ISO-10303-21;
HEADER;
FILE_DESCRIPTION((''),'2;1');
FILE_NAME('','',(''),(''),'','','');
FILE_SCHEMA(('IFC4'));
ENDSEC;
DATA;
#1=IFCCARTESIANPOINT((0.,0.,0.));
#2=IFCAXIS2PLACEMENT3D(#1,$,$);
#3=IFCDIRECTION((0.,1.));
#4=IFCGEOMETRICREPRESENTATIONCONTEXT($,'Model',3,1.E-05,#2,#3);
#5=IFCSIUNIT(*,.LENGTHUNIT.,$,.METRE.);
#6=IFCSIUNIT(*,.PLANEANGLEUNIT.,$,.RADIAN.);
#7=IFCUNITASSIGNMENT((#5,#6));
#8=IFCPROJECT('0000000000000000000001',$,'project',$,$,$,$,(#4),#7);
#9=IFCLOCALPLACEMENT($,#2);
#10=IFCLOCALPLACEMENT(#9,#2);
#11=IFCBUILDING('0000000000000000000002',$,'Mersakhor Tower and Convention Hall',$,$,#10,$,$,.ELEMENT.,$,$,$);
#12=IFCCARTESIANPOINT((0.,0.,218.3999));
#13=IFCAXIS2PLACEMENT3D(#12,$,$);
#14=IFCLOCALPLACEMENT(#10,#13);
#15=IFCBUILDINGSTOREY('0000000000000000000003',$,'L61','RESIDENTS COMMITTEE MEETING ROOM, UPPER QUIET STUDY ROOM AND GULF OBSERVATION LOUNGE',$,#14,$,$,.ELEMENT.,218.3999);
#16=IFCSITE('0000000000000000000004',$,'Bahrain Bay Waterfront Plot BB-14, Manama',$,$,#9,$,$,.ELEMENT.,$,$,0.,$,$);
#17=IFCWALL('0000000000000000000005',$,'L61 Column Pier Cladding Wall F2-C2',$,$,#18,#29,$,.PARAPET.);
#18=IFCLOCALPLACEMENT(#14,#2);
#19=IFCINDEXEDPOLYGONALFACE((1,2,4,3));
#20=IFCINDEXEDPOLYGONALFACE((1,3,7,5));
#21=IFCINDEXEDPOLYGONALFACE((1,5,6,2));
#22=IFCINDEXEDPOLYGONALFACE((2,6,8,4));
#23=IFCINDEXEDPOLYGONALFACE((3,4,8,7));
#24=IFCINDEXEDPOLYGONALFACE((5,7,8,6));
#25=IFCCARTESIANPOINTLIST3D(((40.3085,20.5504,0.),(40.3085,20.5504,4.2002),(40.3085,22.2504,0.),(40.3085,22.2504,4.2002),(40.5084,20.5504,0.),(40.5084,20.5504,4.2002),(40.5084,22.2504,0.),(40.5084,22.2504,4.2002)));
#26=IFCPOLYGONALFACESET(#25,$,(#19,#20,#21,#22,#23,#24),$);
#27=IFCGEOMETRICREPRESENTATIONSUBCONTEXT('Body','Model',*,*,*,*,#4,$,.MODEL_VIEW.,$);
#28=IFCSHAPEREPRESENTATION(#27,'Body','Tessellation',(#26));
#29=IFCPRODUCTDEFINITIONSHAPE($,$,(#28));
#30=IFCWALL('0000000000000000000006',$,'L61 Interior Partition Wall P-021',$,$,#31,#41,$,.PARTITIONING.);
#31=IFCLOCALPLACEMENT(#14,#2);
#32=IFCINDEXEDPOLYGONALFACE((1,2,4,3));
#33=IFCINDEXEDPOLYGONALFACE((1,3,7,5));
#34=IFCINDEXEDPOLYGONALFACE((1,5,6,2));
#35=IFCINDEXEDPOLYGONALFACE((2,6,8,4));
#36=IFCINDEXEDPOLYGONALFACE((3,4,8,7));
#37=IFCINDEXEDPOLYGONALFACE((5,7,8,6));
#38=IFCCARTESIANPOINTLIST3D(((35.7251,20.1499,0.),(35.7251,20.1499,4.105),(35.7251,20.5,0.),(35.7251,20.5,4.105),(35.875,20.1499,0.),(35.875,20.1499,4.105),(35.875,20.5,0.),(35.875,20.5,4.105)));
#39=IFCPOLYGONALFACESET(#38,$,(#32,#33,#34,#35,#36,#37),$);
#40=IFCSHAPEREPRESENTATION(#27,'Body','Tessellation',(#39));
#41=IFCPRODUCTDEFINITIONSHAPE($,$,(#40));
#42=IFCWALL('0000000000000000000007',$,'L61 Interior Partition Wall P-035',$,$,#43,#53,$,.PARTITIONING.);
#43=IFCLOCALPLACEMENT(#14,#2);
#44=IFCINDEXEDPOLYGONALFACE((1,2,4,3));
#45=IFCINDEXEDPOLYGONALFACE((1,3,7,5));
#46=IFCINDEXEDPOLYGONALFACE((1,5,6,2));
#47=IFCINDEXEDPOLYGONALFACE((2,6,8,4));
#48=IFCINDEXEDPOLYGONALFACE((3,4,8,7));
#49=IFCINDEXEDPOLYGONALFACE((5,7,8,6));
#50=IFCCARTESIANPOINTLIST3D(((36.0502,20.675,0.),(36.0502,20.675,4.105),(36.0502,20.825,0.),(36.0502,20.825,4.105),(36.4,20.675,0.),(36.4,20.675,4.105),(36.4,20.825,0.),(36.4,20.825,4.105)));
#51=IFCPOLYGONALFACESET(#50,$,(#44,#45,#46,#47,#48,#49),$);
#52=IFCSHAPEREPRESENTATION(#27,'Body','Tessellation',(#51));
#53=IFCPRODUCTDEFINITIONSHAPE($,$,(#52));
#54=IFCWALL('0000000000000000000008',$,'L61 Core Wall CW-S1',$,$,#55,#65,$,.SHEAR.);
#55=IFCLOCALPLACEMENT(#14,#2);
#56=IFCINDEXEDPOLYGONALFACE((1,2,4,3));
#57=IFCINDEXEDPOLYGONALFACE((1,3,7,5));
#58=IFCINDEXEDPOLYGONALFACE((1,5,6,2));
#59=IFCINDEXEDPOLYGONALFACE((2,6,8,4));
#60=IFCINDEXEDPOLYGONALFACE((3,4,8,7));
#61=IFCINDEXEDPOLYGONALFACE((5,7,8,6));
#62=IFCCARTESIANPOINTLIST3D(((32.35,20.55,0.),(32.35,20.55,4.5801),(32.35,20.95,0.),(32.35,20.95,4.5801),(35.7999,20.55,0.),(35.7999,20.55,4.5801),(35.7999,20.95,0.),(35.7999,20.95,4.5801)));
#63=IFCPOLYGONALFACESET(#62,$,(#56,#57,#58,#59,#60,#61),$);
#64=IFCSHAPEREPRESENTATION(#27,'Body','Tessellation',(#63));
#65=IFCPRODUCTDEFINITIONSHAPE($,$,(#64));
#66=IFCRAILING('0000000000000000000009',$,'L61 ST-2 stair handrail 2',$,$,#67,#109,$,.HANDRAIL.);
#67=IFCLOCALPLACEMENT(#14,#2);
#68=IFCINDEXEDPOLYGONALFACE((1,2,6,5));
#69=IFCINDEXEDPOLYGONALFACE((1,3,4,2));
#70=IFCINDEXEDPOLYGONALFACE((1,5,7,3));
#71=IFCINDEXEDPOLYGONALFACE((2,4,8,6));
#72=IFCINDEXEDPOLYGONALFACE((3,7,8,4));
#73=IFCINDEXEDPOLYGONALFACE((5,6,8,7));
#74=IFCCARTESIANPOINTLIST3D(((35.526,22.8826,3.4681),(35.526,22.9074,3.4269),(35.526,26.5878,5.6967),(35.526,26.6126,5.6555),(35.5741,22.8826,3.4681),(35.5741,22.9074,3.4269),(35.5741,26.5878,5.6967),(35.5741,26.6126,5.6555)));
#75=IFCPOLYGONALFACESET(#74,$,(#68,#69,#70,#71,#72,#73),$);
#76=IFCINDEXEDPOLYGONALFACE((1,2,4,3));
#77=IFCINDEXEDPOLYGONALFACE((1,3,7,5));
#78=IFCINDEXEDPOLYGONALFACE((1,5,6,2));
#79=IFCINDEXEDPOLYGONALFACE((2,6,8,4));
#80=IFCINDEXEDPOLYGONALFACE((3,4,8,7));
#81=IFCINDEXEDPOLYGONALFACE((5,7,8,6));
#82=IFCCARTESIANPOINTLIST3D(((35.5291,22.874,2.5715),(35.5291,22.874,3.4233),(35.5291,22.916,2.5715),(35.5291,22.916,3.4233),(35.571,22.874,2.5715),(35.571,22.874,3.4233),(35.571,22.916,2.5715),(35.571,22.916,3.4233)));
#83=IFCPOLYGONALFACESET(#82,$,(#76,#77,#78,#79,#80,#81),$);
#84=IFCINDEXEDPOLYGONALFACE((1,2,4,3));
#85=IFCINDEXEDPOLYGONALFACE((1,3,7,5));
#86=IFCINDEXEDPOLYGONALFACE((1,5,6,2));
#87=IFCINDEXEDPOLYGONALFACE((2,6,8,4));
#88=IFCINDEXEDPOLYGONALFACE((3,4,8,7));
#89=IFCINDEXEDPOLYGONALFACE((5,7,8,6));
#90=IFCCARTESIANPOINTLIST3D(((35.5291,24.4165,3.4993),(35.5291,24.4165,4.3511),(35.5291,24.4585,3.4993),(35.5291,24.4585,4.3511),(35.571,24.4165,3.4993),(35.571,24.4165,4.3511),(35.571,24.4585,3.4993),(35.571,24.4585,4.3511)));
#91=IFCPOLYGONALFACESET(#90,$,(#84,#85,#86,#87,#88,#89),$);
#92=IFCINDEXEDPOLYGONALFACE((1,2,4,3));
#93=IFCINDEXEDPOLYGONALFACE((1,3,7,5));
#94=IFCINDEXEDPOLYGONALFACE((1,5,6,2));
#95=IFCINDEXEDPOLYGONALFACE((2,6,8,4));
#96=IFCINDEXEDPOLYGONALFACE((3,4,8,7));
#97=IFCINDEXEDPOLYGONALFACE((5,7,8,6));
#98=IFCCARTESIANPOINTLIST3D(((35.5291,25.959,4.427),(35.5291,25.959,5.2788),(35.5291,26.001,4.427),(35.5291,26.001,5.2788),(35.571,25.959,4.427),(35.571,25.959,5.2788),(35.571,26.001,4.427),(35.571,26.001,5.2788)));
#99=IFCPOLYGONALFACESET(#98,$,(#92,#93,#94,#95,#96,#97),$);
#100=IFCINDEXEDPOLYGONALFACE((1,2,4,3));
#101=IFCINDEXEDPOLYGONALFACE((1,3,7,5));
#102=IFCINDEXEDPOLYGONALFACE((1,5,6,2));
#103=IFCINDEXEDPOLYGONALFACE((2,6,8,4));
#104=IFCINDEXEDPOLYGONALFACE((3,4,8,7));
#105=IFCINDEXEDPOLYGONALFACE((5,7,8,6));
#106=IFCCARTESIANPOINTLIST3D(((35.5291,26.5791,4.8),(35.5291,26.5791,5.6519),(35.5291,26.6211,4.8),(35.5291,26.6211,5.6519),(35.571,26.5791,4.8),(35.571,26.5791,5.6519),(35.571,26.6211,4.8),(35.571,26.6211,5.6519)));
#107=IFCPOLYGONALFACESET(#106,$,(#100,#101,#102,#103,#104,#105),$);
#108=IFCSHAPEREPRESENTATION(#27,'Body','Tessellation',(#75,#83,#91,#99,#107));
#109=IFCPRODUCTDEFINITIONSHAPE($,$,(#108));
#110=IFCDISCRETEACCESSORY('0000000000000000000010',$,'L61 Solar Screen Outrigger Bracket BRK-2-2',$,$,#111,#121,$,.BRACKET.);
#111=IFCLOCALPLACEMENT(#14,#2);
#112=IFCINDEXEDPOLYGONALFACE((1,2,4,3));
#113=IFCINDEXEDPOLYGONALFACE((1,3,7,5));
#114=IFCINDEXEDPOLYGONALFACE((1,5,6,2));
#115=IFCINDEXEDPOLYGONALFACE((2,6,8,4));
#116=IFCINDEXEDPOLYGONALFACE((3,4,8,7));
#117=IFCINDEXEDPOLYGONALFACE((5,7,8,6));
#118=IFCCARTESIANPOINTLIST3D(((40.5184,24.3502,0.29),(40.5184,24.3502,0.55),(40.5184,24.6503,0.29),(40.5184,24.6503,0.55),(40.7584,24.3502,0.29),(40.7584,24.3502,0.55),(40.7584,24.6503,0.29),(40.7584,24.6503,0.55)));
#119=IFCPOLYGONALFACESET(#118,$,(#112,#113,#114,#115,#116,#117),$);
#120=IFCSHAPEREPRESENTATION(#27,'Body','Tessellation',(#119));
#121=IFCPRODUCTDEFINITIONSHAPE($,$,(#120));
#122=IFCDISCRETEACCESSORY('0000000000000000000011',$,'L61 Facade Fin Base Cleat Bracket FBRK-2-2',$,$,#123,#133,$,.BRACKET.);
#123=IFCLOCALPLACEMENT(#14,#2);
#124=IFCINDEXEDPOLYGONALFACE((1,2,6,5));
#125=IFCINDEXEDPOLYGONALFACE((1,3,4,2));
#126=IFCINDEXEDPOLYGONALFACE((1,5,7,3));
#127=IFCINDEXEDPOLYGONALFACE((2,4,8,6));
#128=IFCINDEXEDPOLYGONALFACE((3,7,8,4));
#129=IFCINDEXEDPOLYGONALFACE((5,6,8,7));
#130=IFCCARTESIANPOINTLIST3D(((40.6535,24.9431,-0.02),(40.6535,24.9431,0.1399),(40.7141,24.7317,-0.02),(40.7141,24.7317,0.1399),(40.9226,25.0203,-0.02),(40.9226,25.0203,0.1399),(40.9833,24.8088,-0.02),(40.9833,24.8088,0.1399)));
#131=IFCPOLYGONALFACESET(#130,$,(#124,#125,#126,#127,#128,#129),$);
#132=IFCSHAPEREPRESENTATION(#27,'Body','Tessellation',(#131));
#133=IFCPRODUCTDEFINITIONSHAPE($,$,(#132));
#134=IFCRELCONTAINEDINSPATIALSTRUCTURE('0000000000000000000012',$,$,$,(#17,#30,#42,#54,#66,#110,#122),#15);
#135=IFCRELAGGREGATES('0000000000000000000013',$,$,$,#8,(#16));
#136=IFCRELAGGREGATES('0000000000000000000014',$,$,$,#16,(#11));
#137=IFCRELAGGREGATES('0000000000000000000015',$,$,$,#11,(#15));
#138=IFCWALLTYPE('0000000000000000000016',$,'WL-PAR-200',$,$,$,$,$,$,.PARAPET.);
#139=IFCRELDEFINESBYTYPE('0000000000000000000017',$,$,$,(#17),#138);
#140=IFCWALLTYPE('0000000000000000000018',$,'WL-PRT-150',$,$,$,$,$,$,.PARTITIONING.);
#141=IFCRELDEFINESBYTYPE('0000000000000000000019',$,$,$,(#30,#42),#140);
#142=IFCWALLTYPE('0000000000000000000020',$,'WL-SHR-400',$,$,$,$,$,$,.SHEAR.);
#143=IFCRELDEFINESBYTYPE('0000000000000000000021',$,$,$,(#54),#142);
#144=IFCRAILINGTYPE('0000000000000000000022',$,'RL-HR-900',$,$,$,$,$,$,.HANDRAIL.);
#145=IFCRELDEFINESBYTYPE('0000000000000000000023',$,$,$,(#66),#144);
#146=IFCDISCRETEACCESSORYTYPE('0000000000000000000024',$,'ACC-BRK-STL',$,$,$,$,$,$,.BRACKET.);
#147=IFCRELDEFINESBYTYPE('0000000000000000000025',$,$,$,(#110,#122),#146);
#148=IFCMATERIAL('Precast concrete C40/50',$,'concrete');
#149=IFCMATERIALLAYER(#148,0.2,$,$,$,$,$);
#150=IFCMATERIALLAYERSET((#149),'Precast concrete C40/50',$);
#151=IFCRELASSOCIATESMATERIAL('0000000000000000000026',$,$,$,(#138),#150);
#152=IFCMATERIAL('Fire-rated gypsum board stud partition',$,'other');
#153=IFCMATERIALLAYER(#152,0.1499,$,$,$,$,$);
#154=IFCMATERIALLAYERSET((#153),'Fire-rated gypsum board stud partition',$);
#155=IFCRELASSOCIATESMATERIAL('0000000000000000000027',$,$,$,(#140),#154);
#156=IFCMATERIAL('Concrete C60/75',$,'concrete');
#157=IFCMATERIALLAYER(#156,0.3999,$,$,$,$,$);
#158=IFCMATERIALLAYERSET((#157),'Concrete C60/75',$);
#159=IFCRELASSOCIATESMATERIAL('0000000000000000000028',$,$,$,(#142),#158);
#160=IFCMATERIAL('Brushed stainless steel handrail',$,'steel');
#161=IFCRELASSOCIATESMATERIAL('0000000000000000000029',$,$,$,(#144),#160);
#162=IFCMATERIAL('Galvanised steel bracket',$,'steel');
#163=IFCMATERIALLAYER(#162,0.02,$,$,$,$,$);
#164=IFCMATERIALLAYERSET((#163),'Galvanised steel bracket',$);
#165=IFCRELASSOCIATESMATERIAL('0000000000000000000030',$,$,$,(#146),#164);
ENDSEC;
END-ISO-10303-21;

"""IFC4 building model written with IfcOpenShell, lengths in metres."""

from ifc_helpers import new_model, si_unit, direction, frame, frame_2d, origin, origin_2d, place, context, subcontext, project, spatial, rectangle, extrude, material, layer, layer_set, type_object, element, save


model = new_model("IFC4")

# Units and contexts
model_context = context("Model", 3, precision=1e-05, world=origin(), true_north=direction((0.0, 1.0)))
body_context = subcontext(model_context, "Body", "Model", "MODEL_VIEW")
ifc_project = project(units=[si_unit("LENGTHUNIT", "METRE"), si_unit("PLANEANGLEUNIT", "RADIAN")], contexts=[model_context])

# Site, building, storey
site_placement = place(None, origin())
site = spatial("IfcSite", under=ifc_project, at=site_placement, Name="Bahrain Bay Waterfront Plot BB-14, Manama", CompositionType="ELEMENT", RefElevation=0.0)
building_placement = place(site_placement, origin())
building = spatial("IfcBuilding", under=site, at=building_placement, Name="Mersakhor Tower and Convention Hall", CompositionType="ELEMENT")
storey_placement = place(building_placement, frame((0.0, 0.0, 218.3999)))
storey = spatial("IfcBuildingStorey", under=building, at=storey_placement, Name="L61", Description="RESIDENTS COMMITTEE MEETING ROOM, UPPER QUIET STUDY ROOM AND GULF OBSERVATION LOUNGE", CompositionType="ELEMENT", Elevation=218.3999)

# Walls
ifc_material_1 = material(Name="Precast concrete C40/50", Category="concrete")
ifc_layer_1 = layer(ifc_material_1, 0.2)
ifc_layer_set_1 = layer_set([ifc_layer_1], Name="Precast concrete C40/50")
wall_type_1 = type_object("IfcWallType", Name="WL-PAR-200", PredefinedType="PARAPET", material=ifc_layer_set_1)
wall_1_placement = place(storey_placement, frame((40.4084, 22.2505, 0.0), z_axis=(0.0, 0.0, 1.0), x_axis=(0.0, -1.0, 0.0)))
element("IfcWall", 1, at=wall_1_placement, inside=storey, type_object=wall_type_1, Name="L61 Column Pier Cladding Wall F2-C2", PredefinedType="PARAPET", context=body_context, shape_type="SweptSolid", body=[
    extrude(rectangle(XDim=1.7, YDim=0.2, at=frame_2d((0.8501, 0.0))), origin(), (0.0, 0.0, 1.0), 4.2002),
])
ifc_material_2 = material(Name="Fire-rated gypsum board stud partition", Category="other")
ifc_layer_2 = layer(ifc_material_2, 0.1499)
ifc_layer_set_2 = layer_set([ifc_layer_2], Name="Fire-rated gypsum board stud partition")
wall_type_2 = type_object("IfcWallType", Name="WL-PRT-150", PredefinedType="PARTITIONING", material=ifc_layer_set_2)
wall_2_placement = place(storey_placement, frame((35.8, 20.5, 0.0), z_axis=(0.0, 0.0, 1.0), x_axis=(0.0, -1.0, 0.0)))
element("IfcWall", 2, at=wall_2_placement, inside=storey, type_object=wall_type_2, Name="L61 Interior Partition Wall P-021", PredefinedType="PARTITIONING", context=body_context, shape_type="SweptSolid", body=[
    extrude(rectangle(XDim=0.3501, YDim=0.1499, at=frame_2d((0.175, 0.0))), origin(), (0.0, 0.0, 1.0), 4.105),
])
wall_3_placement = place(storey_placement, frame((36.3999, 20.75, 0.0), z_axis=(0.0, 0.0, 1.0), x_axis=(-1.0, 0.0, 0.0)))
element("IfcWall", 3, at=wall_3_placement, inside=storey, type_object=wall_type_2, Name="L61 Interior Partition Wall P-035", PredefinedType="PARTITIONING", context=body_context, shape_type="SweptSolid", body=[
    extrude(rectangle(XDim=0.3499, YDim=0.1499, at=frame_2d((0.1748, 0.0))), origin(), (0.0, 0.0, 1.0), 4.105),
])
ifc_material_3 = material(Name="Concrete C60/75", Category="concrete")
ifc_layer_3 = layer(ifc_material_3, 0.3999)
ifc_layer_set_3 = layer_set([ifc_layer_3], Name="Concrete C60/75")
wall_type_3 = type_object("IfcWallType", Name="WL-SHR-400", PredefinedType="SHEAR", material=ifc_layer_set_3)
wall_4_placement = place(storey_placement, frame((35.8, 20.75, 0.0), z_axis=(0.0, 0.0, 1.0), x_axis=(-1.0, 0.0, 0.0)))
element("IfcWall", 4, at=wall_4_placement, inside=storey, type_object=wall_type_3, Name="L61 Core Wall CW-S1", PredefinedType="SHEAR", context=body_context, shape_type="SweptSolid", body=[
    extrude(rectangle(XDim=3.45, YDim=0.3999, at=frame_2d((1.7251, 0.0))), origin(), (0.0, 0.0, 1.0), 4.5801),
])

# Railing
ifc_material_4 = material(Name="Brushed stainless steel handrail", Category="steel")
railing_type = type_object("IfcRailingType", Name="RL-HR-900", PredefinedType="HANDRAIL", material=ifc_material_4)
railing_placement = place(storey_placement, frame((35.55, 22.895, 2.5715)))
element("IfcRailing", 5, at=railing_placement, inside=storey, type_object=railing_type, Name="L61 ST-2 stair handrail 2", PredefinedType="HANDRAIL", context=body_context, shape_type="SweptSolid", body=[
    extrude(rectangle(XDim=0.0481, YDim=0.0481, at=origin_2d()), frame((0.0, 0.0, 0.876), z_axis=(0.0, 0.856934, 0.515425), x_axis=(-1.0, 0.0, 0.0)), (0.0, 0.0, 1.0), 4.3237),
    extrude(rectangle(XDim=0.042, YDim=0.042, at=origin_2d()), origin(), (0.0, 0.0, 1.0), 0.8518),
    extrude(rectangle(XDim=0.042, YDim=0.042, at=origin_2d()), frame((0.0, 1.5425, 0.9277)), (0.0, 0.0, 1.0), 0.8518),
    extrude(rectangle(XDim=0.042, YDim=0.042, at=origin_2d()), frame((0.0, 3.085, 1.8555)), (0.0, 0.0, 1.0), 0.8518),
    extrude(rectangle(XDim=0.042, YDim=0.042, at=origin_2d()), frame((0.0, 3.7051, 2.2285)), (0.0, 0.0, 1.0), 0.8518),
])

# Discrete accessories
ifc_material_5 = material(Name="Galvanised steel bracket", Category="steel")
ifc_layer_4 = layer(ifc_material_5, 0.02)
ifc_layer_set_4 = layer_set([ifc_layer_4], Name="Galvanised steel bracket")
discrete_accessory_type = type_object("IfcDiscreteAccessoryType", Name="ACC-BRK-STL", PredefinedType="BRACKET", material=ifc_layer_set_4)
discrete_accessory_1_placement = place(storey_placement, frame((40.6384, 24.5002, 0.29), z_axis=(0.0, 0.0, 1.0), x_axis=(0.0, -1.0, 0.0)))
element("IfcDiscreteAccessory", 6, at=discrete_accessory_1_placement, inside=storey, type_object=discrete_accessory_type, Name="L61 Solar Screen Outrigger Bracket BRK-2-2", PredefinedType="BRACKET", context=body_context, shape_type="SweptSolid", body=[
    extrude(rectangle(XDim=0.3, YDim=0.24, at=origin_2d()), origin(), (0.0, 0.0, 1.0), 0.26),
])
discrete_accessory_2_placement = place(storey_placement, frame((40.8184, 24.876, -0.02), z_axis=(0.0, 0.0, 1.0), x_axis=(0.961262, 0.275637, 0.0)))
element("IfcDiscreteAccessory", 7, at=discrete_accessory_2_placement, inside=storey, type_object=discrete_accessory_type, Name="L61 Facade Fin Base Cleat Bracket FBRK-2-2", PredefinedType="BRACKET", context=body_context, shape_type="SweptSolid", body=[
    extrude(rectangle(XDim=0.28, YDim=0.22, at=origin_2d()), origin(), (0.0, 0.0, 1.0), 0.1599),
])

save(model, "model.ifc")
